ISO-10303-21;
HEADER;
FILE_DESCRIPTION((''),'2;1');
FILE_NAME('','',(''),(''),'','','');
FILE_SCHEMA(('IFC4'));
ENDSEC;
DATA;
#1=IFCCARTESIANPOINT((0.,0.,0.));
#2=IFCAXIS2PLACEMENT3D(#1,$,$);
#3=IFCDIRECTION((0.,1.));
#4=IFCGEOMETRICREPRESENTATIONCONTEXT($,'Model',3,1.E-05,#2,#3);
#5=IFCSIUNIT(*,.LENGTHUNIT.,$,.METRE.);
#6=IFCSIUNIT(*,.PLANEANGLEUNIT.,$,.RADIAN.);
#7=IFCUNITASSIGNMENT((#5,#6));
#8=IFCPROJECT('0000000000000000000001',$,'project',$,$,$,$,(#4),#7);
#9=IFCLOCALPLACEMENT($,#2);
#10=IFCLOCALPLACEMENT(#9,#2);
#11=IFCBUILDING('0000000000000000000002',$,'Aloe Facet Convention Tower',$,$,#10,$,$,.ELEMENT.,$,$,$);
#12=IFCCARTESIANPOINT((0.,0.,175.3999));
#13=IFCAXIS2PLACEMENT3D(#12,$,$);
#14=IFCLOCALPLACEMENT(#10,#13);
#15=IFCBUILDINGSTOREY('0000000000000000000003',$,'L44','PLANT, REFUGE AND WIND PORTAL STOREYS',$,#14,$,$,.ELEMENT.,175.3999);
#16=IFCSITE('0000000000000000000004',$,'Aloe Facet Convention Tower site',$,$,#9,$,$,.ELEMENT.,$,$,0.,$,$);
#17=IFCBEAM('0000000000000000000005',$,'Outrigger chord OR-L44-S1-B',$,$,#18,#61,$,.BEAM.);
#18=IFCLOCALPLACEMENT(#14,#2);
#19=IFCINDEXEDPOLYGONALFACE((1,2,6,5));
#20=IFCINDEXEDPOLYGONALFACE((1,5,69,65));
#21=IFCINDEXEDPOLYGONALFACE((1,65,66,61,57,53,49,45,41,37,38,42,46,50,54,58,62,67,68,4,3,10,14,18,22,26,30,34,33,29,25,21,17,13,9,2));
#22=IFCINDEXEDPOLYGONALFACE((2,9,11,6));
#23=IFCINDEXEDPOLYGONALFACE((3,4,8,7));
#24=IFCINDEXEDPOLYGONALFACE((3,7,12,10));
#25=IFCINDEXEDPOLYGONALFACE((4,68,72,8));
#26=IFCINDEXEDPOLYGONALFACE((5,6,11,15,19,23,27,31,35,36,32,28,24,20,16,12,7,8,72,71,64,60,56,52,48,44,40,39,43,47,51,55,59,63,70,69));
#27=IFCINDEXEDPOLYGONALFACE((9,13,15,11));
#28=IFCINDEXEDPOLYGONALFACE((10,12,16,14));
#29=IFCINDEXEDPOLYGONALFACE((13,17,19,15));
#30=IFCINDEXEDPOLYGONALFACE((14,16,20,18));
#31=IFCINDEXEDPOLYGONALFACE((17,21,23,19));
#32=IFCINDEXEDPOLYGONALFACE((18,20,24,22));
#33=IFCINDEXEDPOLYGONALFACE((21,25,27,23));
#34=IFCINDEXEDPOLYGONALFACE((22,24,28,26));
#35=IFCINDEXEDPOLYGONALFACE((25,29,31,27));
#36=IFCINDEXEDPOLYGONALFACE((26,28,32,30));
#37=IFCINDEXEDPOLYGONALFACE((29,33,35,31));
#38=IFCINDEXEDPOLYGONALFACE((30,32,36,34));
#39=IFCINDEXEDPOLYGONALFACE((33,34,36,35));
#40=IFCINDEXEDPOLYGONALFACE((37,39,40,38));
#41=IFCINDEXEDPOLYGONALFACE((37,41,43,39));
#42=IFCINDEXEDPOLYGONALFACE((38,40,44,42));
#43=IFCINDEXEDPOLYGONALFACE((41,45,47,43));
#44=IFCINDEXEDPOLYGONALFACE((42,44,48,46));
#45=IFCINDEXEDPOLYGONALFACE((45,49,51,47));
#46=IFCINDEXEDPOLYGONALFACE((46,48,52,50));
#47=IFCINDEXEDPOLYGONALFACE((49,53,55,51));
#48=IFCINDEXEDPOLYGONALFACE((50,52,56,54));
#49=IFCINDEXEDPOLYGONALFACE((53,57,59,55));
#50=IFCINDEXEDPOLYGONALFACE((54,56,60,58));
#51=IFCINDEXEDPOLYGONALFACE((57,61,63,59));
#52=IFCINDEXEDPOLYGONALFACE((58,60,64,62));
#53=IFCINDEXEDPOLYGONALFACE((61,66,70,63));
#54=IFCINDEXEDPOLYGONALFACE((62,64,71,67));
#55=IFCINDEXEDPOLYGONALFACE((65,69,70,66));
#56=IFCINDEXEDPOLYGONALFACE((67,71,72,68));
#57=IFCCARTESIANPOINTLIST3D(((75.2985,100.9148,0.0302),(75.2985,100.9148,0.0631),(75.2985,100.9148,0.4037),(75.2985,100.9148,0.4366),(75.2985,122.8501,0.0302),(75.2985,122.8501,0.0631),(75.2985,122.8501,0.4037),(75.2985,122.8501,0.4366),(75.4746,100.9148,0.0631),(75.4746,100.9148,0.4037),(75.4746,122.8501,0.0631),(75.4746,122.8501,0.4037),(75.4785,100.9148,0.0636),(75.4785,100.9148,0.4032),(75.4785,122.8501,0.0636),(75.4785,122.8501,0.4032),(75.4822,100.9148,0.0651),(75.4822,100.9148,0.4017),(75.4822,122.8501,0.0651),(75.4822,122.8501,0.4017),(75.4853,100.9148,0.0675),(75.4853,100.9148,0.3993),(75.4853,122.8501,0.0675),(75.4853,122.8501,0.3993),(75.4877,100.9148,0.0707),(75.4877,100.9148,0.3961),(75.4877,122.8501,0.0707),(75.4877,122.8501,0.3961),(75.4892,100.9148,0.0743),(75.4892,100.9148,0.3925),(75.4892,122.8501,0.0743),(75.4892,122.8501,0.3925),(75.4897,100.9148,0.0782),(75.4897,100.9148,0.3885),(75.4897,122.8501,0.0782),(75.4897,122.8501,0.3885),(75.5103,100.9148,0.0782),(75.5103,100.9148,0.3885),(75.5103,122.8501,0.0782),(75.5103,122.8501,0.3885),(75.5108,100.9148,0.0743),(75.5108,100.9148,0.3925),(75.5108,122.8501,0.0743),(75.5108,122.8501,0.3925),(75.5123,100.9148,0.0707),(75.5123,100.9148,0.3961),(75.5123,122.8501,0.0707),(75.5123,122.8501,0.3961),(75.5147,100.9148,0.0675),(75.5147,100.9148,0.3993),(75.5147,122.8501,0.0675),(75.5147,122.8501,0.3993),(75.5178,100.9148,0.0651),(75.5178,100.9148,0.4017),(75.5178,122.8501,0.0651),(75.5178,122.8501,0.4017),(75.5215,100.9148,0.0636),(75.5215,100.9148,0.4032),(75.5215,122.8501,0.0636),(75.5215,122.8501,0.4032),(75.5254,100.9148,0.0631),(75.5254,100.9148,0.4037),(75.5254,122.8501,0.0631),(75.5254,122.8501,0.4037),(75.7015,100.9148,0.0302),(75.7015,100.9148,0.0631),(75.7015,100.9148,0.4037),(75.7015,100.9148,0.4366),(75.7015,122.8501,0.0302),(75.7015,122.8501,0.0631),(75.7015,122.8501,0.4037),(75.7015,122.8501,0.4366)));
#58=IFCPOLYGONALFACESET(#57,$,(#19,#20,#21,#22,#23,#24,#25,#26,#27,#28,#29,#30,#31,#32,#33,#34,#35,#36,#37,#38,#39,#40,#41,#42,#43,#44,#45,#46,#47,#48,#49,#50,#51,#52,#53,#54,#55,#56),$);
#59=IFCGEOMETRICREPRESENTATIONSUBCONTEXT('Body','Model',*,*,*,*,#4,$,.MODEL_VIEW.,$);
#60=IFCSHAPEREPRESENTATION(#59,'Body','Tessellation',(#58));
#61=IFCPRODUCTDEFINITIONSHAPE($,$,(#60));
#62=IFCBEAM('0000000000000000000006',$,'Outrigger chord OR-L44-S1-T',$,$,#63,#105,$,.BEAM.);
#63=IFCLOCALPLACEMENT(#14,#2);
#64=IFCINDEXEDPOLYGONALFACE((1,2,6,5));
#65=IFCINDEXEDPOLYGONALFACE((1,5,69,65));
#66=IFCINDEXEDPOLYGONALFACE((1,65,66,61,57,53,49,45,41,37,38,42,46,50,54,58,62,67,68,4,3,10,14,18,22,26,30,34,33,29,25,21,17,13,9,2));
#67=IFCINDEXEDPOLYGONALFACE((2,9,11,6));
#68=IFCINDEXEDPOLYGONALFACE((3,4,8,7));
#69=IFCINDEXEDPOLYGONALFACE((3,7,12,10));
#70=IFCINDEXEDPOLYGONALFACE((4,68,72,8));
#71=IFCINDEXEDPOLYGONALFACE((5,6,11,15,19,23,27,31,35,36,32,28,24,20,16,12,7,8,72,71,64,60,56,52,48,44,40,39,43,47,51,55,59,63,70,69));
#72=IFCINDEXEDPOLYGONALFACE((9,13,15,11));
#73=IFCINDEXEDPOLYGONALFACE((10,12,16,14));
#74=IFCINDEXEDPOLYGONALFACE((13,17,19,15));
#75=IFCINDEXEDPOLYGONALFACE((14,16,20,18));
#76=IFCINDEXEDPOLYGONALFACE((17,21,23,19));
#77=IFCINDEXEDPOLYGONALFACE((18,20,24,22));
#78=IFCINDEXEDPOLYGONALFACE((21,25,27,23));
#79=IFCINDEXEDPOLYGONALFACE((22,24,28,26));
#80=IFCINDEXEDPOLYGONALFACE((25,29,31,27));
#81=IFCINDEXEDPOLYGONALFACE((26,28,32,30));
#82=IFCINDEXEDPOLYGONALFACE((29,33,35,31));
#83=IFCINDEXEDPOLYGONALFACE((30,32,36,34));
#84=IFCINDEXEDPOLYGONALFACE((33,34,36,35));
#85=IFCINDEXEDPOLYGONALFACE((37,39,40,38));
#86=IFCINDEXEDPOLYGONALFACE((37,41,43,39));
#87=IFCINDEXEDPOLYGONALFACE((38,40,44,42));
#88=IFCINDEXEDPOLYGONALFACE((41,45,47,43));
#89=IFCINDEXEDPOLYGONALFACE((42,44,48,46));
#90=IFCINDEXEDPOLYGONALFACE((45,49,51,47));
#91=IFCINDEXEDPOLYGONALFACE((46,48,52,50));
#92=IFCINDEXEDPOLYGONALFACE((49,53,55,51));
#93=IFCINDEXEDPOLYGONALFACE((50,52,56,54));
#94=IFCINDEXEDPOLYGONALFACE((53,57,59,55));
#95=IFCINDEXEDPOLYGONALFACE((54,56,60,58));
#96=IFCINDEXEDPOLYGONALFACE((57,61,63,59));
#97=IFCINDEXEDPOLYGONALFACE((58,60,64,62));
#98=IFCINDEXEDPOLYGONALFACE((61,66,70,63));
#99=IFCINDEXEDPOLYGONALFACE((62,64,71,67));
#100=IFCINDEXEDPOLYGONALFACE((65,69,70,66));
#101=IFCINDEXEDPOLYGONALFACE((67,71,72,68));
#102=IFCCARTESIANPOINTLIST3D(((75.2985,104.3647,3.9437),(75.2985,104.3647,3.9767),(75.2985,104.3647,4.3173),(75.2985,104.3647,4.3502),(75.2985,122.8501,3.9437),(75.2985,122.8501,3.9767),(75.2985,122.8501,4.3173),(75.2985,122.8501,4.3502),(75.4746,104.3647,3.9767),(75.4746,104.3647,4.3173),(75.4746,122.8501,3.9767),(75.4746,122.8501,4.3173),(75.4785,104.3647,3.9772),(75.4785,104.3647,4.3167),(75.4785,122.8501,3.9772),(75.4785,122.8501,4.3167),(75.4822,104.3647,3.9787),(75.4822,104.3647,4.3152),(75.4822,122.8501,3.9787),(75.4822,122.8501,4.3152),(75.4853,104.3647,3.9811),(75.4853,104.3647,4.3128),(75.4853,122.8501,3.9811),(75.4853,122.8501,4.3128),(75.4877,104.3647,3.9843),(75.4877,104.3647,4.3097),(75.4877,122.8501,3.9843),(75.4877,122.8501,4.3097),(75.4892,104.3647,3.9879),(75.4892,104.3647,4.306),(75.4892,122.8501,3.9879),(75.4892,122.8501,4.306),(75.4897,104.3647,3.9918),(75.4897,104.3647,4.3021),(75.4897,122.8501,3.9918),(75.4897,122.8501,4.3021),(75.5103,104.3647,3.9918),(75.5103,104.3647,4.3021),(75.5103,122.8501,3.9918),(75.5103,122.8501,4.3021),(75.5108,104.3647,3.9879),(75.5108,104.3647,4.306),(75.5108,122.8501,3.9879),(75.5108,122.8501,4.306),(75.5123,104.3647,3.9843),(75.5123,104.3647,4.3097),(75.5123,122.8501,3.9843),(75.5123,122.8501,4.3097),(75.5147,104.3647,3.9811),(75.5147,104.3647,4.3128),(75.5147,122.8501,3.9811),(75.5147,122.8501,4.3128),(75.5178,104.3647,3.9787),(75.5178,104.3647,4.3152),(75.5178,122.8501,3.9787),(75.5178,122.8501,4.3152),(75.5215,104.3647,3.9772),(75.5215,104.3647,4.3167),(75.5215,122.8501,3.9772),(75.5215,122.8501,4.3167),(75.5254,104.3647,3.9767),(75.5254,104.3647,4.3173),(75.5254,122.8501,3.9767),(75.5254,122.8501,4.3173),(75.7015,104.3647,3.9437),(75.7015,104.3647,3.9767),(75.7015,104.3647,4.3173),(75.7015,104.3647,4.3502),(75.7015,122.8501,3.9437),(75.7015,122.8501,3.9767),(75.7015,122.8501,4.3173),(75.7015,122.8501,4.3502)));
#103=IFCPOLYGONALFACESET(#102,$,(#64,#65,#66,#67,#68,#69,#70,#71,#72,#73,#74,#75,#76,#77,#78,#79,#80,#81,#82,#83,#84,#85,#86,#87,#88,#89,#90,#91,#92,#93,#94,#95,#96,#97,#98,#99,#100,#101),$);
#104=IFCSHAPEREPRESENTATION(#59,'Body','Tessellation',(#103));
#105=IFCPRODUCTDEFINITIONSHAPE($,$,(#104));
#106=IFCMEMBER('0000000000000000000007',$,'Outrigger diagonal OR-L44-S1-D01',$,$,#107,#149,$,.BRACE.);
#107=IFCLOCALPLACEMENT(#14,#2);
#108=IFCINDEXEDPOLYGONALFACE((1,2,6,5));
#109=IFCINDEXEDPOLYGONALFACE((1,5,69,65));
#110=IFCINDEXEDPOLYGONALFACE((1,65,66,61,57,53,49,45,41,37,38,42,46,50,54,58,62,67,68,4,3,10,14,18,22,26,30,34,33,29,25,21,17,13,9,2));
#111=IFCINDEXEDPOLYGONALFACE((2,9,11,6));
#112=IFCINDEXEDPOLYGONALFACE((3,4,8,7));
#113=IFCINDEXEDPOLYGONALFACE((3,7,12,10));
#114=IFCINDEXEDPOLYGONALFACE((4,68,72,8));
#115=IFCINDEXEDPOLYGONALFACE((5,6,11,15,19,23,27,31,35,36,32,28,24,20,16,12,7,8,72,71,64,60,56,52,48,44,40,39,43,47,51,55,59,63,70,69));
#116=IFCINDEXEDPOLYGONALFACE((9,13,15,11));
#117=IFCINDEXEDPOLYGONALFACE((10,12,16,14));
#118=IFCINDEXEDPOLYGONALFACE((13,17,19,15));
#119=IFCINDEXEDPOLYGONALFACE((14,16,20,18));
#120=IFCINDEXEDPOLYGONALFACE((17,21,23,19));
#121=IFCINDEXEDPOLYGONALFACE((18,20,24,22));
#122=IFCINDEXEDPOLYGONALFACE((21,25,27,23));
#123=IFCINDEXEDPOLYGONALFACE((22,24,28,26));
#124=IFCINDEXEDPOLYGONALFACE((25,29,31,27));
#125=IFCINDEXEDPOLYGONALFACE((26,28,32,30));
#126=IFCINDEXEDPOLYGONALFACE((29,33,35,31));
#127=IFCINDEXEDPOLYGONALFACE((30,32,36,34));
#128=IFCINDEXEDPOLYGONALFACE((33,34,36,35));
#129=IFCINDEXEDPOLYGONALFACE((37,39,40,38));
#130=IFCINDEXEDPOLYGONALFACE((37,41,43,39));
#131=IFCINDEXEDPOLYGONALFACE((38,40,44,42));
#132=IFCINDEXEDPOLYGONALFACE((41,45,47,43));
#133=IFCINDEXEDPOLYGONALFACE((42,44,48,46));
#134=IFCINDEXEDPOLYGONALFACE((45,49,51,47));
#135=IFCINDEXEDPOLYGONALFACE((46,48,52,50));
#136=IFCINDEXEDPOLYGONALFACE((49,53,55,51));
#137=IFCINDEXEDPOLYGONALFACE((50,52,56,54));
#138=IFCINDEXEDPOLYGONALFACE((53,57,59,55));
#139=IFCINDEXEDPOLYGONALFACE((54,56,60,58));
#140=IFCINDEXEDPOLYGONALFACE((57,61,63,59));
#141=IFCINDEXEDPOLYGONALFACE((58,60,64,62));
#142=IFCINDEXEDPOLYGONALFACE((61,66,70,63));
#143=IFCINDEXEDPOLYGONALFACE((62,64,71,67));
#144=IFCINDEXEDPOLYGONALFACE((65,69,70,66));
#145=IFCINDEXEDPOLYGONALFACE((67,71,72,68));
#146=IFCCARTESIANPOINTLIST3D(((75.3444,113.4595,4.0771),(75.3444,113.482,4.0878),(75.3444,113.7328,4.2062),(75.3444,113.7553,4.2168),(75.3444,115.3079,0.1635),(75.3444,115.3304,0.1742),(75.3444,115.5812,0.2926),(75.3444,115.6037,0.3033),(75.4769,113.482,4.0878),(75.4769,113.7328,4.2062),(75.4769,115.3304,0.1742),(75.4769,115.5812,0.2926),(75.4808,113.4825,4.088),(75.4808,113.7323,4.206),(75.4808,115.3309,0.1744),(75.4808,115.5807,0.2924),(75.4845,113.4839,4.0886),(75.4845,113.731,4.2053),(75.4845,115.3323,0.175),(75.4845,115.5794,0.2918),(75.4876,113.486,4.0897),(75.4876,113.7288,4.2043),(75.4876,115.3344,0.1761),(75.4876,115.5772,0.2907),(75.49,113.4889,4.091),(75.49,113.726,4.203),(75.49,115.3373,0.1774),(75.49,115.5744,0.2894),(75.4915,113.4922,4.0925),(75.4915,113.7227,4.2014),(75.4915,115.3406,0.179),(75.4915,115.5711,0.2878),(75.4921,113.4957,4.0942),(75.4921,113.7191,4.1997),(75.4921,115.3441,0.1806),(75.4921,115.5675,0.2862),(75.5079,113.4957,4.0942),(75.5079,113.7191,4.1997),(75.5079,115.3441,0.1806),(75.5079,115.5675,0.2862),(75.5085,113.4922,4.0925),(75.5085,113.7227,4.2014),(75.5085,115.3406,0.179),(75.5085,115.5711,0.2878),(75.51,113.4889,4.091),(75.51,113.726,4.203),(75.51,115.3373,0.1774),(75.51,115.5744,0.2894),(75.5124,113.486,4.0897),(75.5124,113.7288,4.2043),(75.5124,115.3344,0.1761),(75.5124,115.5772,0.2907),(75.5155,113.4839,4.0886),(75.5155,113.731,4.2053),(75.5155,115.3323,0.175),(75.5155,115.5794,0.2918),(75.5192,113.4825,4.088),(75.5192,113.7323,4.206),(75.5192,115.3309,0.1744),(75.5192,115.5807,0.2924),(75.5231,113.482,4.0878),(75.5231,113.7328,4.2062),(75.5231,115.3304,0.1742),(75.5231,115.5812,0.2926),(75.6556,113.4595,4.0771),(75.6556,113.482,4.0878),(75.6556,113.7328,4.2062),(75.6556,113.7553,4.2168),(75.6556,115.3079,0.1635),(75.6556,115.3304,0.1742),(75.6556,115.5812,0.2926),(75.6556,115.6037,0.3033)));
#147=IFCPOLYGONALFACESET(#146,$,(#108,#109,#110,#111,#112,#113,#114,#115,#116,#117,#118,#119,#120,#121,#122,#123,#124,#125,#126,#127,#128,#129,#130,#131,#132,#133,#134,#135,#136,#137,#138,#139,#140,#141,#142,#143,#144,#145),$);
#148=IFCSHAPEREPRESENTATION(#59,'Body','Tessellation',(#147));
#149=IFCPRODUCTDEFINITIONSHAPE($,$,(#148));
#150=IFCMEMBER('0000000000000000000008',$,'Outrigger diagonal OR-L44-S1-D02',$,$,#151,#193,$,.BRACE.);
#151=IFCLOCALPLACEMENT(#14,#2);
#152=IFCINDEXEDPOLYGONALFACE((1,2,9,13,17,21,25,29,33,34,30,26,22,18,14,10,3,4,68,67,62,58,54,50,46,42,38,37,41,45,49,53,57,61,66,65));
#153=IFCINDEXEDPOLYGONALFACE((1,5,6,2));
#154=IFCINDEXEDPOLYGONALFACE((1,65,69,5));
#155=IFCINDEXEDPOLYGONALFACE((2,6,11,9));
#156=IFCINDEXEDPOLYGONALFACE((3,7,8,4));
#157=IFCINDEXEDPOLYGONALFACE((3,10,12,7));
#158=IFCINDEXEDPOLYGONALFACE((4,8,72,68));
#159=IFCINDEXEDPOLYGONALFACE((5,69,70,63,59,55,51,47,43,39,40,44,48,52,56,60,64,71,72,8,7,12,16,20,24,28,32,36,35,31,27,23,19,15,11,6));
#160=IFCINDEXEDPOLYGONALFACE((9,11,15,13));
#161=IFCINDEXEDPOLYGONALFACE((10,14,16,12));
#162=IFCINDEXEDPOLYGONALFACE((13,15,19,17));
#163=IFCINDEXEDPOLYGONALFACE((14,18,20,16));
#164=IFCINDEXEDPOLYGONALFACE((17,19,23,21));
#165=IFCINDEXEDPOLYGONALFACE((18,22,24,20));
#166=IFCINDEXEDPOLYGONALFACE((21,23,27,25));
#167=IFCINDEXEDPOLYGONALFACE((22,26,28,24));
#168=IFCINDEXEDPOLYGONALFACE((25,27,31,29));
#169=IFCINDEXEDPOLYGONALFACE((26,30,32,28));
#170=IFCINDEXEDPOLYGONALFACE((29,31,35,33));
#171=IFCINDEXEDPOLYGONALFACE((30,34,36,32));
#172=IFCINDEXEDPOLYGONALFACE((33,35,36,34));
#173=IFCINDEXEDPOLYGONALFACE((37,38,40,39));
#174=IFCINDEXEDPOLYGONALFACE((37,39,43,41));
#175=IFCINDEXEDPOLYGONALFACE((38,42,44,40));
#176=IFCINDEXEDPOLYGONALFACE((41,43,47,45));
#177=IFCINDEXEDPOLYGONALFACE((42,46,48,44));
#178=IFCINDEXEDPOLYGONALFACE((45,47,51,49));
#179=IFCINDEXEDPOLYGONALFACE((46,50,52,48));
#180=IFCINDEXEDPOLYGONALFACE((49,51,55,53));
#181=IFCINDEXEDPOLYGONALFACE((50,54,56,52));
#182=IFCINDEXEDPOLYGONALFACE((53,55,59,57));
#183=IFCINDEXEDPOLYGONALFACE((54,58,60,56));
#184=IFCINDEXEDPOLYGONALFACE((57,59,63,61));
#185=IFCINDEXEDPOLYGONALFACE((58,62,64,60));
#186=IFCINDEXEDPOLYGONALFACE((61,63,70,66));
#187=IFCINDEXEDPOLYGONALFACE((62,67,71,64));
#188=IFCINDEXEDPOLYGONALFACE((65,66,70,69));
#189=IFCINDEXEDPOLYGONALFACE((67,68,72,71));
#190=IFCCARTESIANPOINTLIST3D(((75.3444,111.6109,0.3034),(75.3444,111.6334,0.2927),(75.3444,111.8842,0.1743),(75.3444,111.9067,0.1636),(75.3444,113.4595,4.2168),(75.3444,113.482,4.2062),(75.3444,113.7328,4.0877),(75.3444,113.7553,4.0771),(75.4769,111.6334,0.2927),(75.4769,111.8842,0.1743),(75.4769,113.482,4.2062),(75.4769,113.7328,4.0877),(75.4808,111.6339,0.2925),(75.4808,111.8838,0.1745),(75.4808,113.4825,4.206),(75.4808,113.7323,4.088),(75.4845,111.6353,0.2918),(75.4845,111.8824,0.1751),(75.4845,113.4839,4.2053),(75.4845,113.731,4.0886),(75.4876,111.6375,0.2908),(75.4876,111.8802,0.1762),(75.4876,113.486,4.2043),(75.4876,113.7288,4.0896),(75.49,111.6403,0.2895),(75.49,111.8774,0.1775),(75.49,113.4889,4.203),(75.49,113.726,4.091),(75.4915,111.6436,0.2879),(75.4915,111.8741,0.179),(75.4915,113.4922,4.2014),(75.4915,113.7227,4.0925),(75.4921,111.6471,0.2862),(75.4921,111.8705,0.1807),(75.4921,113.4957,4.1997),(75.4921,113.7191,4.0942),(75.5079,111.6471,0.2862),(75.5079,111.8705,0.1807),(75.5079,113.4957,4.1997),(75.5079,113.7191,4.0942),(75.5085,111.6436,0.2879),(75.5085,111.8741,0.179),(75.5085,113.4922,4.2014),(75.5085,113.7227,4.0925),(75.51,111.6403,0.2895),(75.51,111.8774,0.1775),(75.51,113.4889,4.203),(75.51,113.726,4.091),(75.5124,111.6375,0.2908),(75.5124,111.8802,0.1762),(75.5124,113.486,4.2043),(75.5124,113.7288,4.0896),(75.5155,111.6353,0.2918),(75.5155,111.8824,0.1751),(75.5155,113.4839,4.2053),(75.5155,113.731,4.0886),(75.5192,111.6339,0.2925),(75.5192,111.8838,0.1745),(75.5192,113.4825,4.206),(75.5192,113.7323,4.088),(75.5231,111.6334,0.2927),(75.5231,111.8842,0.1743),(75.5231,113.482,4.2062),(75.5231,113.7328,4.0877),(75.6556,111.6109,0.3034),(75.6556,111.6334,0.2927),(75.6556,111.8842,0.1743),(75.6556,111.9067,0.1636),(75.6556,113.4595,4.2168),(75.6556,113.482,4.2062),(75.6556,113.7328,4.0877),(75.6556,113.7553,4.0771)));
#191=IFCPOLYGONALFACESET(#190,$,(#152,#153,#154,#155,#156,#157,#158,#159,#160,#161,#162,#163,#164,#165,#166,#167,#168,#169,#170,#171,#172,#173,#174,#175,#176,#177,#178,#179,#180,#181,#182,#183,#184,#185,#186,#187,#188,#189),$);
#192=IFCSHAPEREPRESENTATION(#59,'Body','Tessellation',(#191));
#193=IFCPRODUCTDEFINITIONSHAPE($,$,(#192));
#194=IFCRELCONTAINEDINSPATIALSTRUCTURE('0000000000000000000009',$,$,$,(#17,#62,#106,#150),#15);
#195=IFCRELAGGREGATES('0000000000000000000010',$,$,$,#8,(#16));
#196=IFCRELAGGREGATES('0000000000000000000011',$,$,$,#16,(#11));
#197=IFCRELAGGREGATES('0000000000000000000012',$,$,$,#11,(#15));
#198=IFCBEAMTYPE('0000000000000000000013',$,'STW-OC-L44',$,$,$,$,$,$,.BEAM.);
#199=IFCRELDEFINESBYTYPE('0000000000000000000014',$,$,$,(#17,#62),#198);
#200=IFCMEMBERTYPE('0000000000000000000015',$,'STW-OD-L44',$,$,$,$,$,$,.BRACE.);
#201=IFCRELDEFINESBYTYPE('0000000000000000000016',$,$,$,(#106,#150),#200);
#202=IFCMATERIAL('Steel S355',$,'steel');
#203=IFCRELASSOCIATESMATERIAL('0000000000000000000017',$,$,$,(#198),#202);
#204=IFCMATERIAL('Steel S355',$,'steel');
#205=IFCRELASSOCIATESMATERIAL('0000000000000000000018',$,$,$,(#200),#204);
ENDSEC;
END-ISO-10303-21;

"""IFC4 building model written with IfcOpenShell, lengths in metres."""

from ifc_helpers import new_model, si_unit, direction, frame, origin, origin_2d, place, context, subcontext, project, spatial, i_section, extrude, material, material_profile, profile_set, type_object, element, save


model = new_model("IFC4")

# Units and contexts
model_context = context("Model", 3, precision=1e-05, world=origin(), true_north=direction((0.0, 1.0)))
body_context = subcontext(model_context, "Body", "Model", "MODEL_VIEW")
ifc_project = project(units=[si_unit("LENGTHUNIT", "METRE"), si_unit("PLANEANGLEUNIT", "RADIAN")], contexts=[model_context])

# Site, building, storey
site_placement = place(None, origin())
site = spatial("IfcSite", under=ifc_project, at=site_placement, Name="Aloe Facet Convention Tower site", CompositionType="ELEMENT", RefElevation=0.0)
building_placement = place(site_placement, origin())
building = spatial("IfcBuilding", under=site, at=building_placement, Name="Aloe Facet Convention Tower", CompositionType="ELEMENT")
storey_placement = place(building_placement, frame((0.0, 0.0, 175.3999)))
storey = spatial("IfcBuildingStorey", under=building, at=storey_placement, Name="L44", Description="PLANT, REFUGE AND WIND PORTAL STOREYS", CompositionType="ELEMENT", Elevation=175.3999)

# Beams
ifc_material_1 = material(Name="Steel S355", Category="steel")
ifc_material_profile_1 = material_profile(ifc_material_1, i_section(OverallWidth=0.4031, OverallDepth=0.4065, WebThickness=0.0205, FlangeThickness=0.033, FilletRadius=0.0151, at=origin_2d()), Name="UC 356x406x340")
ifc_profile_set_1 = profile_set([ifc_material_profile_1], Name="Steel S355")
beam_type_1 = type_object("IfcBeamType", Name="STW-OC-L44", PredefinedType="BEAM", material=ifc_profile_set_1)
beam_1_placement = place(storey_placement, frame((75.5, 122.8501, 0.2334), z_axis=(0.0, -1.0, 0.0), x_axis=(1.0, 0.0, 0.0)))
element("IfcBeam", 1, at=beam_1_placement, inside=storey, type_object=beam_type_1, Name="Outrigger chord OR-L44-S1-B", PredefinedType="BEAM", context=body_context, shape_type="SweptSolid", body=[
    extrude(i_section(OverallWidth=0.4031, OverallDepth=0.4065, WebThickness=0.0205, FlangeThickness=0.033, FilletRadius=0.0151, at=origin_2d()), origin(), (0.0, 0.0, 1.0), 21.9353),
])
beam_2_placement = place(storey_placement, frame((75.5, 122.8501, 4.147), z_axis=(0.0, -1.0, 0.0), x_axis=(1.0, 0.0, 0.0)))
element("IfcBeam", 2, at=beam_2_placement, inside=storey, type_object=beam_type_1, Name="Outrigger chord OR-L44-S1-T", PredefinedType="BEAM", context=body_context, shape_type="SweptSolid", body=[
    extrude(i_section(OverallWidth=0.4031, OverallDepth=0.4065, WebThickness=0.0205, FlangeThickness=0.033, FilletRadius=0.0151, at=origin_2d()), origin(), (0.0, 0.0, 1.0), 18.4854),
])

# Members
ifc_material_2 = material(Name="Steel S355", Category="steel")
ifc_material_profile_2 = material_profile(ifc_material_2, i_section(OverallWidth=0.3113, OverallDepth=0.3271, WebThickness=0.0159, FlangeThickness=0.0249, FilletRadius=0.0151, at=origin_2d()), Name="UC 305x305x158")
ifc_profile_set_2 = profile_set([ifc_material_profile_2], Name="Steel S355")
member_type = type_object("IfcMemberType", Name="STW-OD-L44", PredefinedType="BRACE", material=ifc_profile_set_2)
for number, where, z_axis, x_axis, name in (
    (3, (75.5, 115.4558, 0.2334), (0.0, -0.427065, 0.904221), (1.0, 0.0, 0.0), "Outrigger diagonal OR-L44-S1-D01"),
    (4, (75.5, 113.6074, 4.147), (0.0, -0.427111, -0.904199), (1.0, 0.0, 0.0), "Outrigger diagonal OR-L44-S1-D02"),
):
    element("IfcMember", number, at=place(storey_placement, frame(where, z_axis=z_axis, x_axis=x_axis)), inside=storey, type_object=member_type, Name=name, PredefinedType="BRACE", context=body_context, shape_type="SweptSolid", body=[
        extrude(i_section(OverallWidth=0.3113, OverallDepth=0.3271, WebThickness=0.0159, FlangeThickness=0.0249, FilletRadius=0.0151, at=origin_2d()), origin(), (0.0, 0.0, 1.0), 4.3281),
    ])

save(model, "model.ifc")
